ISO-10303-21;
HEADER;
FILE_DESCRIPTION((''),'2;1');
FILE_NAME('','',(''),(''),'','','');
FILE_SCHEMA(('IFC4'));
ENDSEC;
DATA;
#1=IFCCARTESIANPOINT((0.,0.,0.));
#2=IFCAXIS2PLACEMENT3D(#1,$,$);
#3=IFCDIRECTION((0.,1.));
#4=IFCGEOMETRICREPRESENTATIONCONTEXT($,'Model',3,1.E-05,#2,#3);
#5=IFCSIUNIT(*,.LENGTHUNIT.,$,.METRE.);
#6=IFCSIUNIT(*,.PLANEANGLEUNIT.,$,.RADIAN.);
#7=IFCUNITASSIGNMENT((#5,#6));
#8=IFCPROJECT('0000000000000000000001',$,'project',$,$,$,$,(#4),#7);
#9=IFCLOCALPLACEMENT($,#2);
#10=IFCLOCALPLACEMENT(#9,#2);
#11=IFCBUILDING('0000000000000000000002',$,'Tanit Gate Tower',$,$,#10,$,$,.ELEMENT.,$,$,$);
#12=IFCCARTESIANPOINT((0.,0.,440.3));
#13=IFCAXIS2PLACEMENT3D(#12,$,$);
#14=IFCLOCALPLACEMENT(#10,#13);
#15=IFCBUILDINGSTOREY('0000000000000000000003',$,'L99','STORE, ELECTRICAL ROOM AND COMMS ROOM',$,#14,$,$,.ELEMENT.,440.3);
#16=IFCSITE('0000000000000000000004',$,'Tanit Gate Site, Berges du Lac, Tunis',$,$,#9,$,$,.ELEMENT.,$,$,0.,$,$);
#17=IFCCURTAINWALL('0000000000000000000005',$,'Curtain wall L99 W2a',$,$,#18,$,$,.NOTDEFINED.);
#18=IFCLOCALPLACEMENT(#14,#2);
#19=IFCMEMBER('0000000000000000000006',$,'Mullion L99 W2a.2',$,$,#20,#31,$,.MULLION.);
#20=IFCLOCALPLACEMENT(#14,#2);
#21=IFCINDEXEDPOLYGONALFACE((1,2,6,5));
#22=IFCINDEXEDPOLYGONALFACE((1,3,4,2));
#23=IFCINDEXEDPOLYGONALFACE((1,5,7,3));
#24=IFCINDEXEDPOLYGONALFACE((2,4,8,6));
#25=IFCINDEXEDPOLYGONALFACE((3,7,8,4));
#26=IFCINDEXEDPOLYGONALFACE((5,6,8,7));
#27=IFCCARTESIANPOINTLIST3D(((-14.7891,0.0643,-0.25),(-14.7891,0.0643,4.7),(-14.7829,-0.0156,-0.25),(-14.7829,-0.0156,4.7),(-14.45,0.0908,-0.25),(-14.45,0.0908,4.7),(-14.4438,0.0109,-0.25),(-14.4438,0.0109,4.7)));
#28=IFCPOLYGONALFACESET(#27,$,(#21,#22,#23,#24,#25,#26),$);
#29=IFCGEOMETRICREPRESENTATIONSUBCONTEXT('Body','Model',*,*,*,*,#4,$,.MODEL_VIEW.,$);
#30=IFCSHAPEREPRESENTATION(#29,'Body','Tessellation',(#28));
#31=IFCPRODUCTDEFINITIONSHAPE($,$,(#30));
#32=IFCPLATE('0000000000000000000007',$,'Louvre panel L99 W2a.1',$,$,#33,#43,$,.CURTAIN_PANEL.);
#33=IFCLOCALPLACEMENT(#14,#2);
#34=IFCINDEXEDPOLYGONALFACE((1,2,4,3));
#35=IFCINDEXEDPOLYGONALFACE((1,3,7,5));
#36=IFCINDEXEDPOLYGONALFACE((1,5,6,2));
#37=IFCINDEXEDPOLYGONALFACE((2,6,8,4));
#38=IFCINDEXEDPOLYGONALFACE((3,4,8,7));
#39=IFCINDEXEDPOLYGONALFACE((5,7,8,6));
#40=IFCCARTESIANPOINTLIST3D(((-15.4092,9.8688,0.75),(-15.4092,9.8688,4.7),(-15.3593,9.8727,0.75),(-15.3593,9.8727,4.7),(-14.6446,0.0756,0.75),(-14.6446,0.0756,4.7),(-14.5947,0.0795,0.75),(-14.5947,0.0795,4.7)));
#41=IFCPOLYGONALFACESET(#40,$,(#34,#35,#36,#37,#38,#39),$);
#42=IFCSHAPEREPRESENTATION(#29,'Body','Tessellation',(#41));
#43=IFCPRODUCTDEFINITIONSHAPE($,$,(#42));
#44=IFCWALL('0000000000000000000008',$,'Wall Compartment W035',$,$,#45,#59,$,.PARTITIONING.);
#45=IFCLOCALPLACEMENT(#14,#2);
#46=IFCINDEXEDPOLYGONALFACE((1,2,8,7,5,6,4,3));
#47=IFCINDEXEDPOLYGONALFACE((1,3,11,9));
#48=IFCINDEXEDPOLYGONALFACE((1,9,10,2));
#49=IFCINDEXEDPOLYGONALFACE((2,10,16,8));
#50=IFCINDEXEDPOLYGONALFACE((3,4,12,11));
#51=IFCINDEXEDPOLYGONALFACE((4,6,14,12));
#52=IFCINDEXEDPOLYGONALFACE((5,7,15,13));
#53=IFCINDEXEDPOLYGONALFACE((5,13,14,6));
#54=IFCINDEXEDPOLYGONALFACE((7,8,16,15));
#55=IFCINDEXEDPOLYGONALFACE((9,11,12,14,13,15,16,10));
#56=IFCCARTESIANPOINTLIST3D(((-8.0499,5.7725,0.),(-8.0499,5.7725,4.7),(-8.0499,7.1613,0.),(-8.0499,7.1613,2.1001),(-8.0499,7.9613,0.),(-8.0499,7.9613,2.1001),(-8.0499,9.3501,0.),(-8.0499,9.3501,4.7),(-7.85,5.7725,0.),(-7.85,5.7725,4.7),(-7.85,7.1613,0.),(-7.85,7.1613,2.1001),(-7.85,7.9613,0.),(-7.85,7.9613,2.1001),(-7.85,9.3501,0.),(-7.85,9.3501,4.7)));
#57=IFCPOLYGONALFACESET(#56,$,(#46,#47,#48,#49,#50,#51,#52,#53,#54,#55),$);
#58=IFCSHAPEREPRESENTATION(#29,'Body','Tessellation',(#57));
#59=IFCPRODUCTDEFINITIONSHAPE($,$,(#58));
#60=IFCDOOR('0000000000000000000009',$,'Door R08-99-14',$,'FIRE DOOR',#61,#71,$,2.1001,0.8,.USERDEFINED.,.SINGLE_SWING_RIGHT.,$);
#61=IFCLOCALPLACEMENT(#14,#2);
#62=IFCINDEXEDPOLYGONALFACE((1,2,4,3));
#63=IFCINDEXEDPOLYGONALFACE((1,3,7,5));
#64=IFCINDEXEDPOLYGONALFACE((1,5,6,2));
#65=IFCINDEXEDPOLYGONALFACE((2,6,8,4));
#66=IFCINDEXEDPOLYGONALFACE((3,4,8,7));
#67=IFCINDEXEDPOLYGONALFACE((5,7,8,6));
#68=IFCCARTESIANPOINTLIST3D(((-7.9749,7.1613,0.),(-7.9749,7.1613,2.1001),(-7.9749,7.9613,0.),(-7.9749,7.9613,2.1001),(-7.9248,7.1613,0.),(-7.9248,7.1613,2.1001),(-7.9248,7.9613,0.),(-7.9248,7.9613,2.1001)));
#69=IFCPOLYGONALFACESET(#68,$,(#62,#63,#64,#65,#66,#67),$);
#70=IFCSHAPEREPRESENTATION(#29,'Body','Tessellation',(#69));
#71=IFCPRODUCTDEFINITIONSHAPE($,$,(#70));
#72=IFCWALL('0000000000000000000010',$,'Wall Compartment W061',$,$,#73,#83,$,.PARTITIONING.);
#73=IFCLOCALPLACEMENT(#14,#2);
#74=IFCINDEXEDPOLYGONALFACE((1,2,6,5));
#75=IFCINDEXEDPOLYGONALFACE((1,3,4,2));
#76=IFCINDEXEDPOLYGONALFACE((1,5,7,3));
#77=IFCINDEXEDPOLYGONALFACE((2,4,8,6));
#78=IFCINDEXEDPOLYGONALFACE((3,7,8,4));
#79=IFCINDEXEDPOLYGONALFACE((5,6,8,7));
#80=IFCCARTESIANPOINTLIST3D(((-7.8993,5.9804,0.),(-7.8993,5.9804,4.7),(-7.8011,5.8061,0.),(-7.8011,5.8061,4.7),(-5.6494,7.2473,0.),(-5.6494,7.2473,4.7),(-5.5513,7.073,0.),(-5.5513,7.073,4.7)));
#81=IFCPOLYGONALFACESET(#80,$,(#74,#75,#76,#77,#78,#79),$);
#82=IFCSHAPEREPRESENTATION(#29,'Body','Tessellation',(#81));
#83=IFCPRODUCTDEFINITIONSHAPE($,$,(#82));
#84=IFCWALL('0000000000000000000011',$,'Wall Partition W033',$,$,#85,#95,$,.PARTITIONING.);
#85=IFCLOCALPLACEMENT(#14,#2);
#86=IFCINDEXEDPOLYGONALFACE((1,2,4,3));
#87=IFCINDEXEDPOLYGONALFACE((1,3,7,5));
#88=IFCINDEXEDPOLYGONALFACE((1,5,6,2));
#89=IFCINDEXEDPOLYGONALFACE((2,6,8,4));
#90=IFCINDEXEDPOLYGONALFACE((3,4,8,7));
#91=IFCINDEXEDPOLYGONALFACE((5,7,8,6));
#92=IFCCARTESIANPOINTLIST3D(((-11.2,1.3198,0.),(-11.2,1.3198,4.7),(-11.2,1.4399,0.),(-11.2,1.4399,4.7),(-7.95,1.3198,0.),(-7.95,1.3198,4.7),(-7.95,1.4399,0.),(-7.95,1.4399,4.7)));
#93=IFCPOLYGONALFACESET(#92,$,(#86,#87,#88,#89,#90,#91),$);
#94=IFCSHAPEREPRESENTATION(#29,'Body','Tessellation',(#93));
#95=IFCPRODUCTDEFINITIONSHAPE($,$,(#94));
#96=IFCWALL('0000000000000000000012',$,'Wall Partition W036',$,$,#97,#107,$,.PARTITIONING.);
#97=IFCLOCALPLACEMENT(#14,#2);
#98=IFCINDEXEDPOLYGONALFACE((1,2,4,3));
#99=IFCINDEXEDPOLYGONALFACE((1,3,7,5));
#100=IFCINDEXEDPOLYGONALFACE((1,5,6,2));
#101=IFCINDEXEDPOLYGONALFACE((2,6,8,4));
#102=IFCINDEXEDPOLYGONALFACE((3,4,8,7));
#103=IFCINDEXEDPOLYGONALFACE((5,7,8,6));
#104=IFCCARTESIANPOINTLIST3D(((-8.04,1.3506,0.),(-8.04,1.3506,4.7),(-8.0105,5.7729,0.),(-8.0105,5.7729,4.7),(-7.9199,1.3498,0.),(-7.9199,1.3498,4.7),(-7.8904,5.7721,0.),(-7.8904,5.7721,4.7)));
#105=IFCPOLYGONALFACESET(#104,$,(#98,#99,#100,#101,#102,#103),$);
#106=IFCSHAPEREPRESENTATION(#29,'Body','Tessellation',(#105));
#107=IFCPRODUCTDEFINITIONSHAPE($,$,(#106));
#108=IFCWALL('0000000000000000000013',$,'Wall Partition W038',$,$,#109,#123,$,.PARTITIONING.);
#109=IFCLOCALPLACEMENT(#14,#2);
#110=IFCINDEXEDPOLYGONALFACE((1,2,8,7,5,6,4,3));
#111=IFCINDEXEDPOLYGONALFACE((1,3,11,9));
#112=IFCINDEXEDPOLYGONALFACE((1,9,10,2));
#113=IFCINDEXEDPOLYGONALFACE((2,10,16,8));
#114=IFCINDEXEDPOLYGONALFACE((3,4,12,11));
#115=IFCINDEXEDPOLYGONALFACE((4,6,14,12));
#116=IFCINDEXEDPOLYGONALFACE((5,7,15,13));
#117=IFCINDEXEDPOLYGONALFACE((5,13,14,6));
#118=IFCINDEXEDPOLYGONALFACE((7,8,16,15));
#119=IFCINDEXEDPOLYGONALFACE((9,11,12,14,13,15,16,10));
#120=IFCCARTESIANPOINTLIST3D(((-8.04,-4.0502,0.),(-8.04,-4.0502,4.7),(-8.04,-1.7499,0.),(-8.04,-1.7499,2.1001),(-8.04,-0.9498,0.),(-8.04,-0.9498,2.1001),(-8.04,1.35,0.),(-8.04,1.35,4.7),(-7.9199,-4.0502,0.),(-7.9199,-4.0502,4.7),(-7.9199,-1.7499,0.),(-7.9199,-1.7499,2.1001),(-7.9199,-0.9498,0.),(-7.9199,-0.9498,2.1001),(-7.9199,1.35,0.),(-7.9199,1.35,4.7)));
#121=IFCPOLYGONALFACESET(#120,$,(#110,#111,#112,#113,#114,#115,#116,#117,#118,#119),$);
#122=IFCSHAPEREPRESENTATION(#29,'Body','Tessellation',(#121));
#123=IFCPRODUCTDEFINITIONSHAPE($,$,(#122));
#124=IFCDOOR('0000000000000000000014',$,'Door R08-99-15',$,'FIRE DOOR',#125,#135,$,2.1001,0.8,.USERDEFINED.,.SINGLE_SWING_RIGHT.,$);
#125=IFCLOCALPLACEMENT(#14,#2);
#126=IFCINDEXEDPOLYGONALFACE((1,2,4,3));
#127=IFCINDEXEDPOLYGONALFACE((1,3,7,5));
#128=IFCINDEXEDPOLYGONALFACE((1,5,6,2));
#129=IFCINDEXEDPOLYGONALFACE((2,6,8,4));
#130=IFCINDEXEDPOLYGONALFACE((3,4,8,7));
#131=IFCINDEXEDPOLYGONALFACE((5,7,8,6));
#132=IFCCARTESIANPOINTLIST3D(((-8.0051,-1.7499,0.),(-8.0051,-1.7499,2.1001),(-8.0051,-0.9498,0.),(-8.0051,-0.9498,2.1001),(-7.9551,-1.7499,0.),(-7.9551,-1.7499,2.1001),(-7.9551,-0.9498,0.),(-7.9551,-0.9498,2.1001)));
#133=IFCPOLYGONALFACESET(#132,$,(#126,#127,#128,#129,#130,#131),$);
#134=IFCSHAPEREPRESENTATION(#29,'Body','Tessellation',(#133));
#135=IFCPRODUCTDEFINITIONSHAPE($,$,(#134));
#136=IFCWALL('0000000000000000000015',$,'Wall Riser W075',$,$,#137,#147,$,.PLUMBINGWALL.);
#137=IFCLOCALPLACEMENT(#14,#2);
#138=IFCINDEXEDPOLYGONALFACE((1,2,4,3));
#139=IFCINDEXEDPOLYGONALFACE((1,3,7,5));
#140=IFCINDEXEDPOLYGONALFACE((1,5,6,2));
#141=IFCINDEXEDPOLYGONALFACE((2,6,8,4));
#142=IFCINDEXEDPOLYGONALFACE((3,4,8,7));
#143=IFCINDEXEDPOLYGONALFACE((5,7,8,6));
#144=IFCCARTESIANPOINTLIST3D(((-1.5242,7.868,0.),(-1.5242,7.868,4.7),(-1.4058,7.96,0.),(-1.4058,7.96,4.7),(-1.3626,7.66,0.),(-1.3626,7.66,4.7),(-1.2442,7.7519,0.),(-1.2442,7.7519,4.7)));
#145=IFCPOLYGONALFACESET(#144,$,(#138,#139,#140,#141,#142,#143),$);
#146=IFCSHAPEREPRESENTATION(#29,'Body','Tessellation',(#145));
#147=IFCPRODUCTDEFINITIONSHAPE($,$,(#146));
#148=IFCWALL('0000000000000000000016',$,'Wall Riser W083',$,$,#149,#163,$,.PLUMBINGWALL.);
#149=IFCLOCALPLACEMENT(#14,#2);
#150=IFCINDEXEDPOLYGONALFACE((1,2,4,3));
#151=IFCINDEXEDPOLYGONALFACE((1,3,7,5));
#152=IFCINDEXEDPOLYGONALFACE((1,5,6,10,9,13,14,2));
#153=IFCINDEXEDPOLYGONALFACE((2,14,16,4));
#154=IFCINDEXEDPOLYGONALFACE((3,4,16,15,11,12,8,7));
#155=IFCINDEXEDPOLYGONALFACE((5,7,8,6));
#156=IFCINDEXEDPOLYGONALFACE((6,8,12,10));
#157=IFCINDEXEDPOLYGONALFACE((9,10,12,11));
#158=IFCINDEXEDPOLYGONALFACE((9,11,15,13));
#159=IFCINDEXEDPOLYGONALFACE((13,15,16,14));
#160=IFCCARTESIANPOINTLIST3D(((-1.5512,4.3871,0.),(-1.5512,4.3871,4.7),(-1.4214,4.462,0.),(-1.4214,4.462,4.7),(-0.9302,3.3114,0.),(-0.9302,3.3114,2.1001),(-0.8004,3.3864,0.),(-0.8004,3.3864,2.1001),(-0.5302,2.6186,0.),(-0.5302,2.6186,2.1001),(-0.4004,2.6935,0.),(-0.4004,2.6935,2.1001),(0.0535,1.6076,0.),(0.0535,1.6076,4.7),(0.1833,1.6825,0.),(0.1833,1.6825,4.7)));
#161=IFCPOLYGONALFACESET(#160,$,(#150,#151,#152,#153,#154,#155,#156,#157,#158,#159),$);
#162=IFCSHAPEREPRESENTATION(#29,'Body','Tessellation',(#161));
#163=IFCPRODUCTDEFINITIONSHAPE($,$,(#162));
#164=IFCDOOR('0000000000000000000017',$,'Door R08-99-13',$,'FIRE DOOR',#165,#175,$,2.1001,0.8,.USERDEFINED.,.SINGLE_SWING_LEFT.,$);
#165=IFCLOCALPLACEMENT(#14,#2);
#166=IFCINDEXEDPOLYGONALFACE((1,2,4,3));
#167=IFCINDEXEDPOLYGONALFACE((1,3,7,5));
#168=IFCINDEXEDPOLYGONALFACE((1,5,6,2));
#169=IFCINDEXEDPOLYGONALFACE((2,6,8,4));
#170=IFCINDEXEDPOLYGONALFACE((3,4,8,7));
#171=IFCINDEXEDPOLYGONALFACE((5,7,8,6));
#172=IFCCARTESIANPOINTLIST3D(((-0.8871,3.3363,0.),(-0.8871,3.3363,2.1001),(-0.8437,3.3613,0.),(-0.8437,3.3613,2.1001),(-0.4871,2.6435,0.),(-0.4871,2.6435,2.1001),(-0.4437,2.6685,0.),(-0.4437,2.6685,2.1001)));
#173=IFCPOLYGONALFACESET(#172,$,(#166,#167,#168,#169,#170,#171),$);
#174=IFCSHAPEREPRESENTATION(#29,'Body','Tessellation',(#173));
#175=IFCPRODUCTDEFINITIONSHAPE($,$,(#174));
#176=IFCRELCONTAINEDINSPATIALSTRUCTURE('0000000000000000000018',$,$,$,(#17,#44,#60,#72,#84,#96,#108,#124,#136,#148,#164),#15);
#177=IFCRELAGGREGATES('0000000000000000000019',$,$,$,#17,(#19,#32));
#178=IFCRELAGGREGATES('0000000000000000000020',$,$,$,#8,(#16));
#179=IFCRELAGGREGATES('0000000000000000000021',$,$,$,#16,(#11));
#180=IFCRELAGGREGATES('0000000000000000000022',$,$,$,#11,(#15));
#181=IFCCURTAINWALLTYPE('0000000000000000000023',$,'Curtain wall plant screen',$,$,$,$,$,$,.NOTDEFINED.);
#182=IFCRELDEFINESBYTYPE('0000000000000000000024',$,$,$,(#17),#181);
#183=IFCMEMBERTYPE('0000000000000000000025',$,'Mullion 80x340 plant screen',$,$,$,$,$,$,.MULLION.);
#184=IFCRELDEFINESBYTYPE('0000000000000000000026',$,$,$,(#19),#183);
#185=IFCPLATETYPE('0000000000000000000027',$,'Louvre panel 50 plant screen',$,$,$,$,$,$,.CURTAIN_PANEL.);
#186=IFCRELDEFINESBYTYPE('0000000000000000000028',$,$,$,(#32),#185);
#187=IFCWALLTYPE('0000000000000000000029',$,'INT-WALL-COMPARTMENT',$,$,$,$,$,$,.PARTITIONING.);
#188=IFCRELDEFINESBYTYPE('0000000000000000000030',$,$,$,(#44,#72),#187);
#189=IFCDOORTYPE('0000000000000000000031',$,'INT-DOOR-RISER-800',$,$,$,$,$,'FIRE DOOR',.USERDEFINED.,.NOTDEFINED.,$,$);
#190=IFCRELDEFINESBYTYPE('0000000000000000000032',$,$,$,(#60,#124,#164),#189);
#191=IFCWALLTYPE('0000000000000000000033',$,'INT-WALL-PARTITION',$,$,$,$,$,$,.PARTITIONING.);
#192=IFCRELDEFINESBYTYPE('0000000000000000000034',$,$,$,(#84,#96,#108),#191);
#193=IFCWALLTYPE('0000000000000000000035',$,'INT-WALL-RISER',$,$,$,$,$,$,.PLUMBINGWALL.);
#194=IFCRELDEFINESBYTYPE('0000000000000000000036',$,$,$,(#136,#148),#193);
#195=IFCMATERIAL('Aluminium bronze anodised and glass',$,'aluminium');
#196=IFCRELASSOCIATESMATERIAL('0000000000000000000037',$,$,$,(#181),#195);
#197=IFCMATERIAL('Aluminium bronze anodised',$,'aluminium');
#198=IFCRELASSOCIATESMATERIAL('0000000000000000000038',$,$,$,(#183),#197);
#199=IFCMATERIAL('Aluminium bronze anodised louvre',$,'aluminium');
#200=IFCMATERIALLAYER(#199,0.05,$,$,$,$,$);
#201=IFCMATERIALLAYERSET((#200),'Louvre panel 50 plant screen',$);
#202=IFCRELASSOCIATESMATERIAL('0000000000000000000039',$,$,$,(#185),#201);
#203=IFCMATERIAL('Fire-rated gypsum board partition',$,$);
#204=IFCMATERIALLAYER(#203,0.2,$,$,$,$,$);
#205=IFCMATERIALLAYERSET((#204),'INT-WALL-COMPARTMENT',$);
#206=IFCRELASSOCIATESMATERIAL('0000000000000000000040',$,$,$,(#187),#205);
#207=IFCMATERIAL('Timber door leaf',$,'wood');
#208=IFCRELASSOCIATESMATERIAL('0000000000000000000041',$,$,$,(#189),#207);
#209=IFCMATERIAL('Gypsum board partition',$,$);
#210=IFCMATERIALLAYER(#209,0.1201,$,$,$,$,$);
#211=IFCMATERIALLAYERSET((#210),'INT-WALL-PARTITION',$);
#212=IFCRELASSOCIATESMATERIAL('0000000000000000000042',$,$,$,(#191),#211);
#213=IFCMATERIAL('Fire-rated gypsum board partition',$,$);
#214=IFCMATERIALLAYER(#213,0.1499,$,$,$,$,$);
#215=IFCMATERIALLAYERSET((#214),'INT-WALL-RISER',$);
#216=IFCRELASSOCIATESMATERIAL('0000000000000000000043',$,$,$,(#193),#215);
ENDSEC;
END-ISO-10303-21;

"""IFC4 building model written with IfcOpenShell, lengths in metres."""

from ifc_helpers import new_model, si_unit, direction, frame, frame_2d, origin, origin_2d, place, context, subcontext, project, spatial, rectangle, extrude, material, layer, layer_set, material_profile, profile_set, type_object, element, fill, aggregate, save


model = new_model("IFC4")

# Units and contexts
model_context = context("Model", 3, precision=1e-05, world=origin(), true_north=direction((0.0, 1.0)))
body_context = subcontext(model_context, "Body", "Model", "MODEL_VIEW")
ifc_project = project(units=[si_unit("LENGTHUNIT", "METRE"), si_unit("PLANEANGLEUNIT", "RADIAN")], contexts=[model_context])

# Site, building, storey
site_placement = place(None, origin())
site = spatial("IfcSite", under=ifc_project, at=site_placement, Name="Tanit Gate Site, Berges du Lac, Tunis", CompositionType="ELEMENT", RefElevation=0.0)
building_placement = place(site_placement, origin())
building = spatial("IfcBuilding", under=site, at=building_placement, Name="Tanit Gate Tower", CompositionType="ELEMENT")
storey_placement = place(building_placement, frame((0.0, 0.0, 440.3)))
storey = spatial("IfcBuildingStorey", under=building, at=storey_placement, Name="L99", Description="STORE, ELECTRICAL ROOM AND COMMS ROOM", CompositionType="ELEMENT", Elevation=440.3)

# Curtain wall, member, plate
ifc_material_1 = material(Name="Aluminium bronze anodised and glass", Category="aluminium")
curtain_wall_type = type_object("IfcCurtainWallType", Name="Curtain wall plant screen", PredefinedType="NOTDEFINED", material=ifc_material_1)
curtain_wall_placement = place(storey_placement, origin())
curtain_wall = element("IfcCurtainWall", 1, at=curtain_wall_placement, inside=storey, type_object=curtain_wall_type, Name="Curtain wall L99 W2a", PredefinedType="NOTDEFINED")
ifc_material_2 = material(Name="Aluminium bronze anodised", Category="aluminium")
ifc_material_profile = material_profile(ifc_material_2, rectangle(XDim=0.3401, YDim=0.0801, at=origin_2d()), Name="80x340 bronze mullion")
ifc_profile_set = profile_set([ifc_material_profile], Name="Aluminium bronze anodised")
member_type = type_object("IfcMemberType", Name="Mullion 80x340 plant screen", PredefinedType="MULLION", material=ifc_profile_set)
member_placement = place(storey_placement, frame((-14.6165, 0.0376, -0.25), z_axis=(0.0, 0.0, 1.0), x_axis=(0.996966, 0.077839, 0.0)))
member = element("IfcMember", 2, at=member_placement, type_object=member_type, Name="Mullion L99 W2a.2", PredefinedType="MULLION", context=body_context, shape_type="SweptSolid", body=[
    extrude(rectangle(XDim=0.3401, YDim=0.0801, at=origin_2d()), origin(), (0.0, 0.0, 1.0), 4.95),
])
ifc_material_3 = material(Name="Aluminium bronze anodised louvre", Category="aluminium")
ifc_layer_1 = layer(ifc_material_3, 0.05)
ifc_layer_set_1 = layer_set([ifc_layer_1], Name="Louvre panel 50 plant screen")
plate_type = type_object("IfcPlateType", Name="Louvre panel 50 plant screen", PredefinedType="CURTAIN_PANEL", material=ifc_layer_set_1)
plate_placement = place(storey_placement, frame((-15.002, 4.9741, 0.75), z_axis=(0.0, 0.0, 1.0), x_axis=(0.077839, -0.996966, 0.0)))
plate = element("IfcPlate", 3, at=plate_placement, type_object=plate_type, Name="Louvre panel L99 W2a.1", PredefinedType="CURTAIN_PANEL", context=body_context, shape_type="SweptSolid", body=[
    extrude(rectangle(XDim=9.823, YDim=0.05, at=origin_2d()), origin(), (0.0, 0.0, 1.0), 3.95),
])
aggregate(curtain_wall, [member, plate])

# Wall, opening, door
ifc_material_4 = material(Name="Fire-rated gypsum board partition")
ifc_layer_2 = layer(ifc_material_4, 0.2)
ifc_layer_set_2 = layer_set([ifc_layer_2], Name="INT-WALL-COMPARTMENT")
wall_type_1 = type_object("IfcWallType", Name="INT-WALL-COMPARTMENT", PredefinedType="PARTITIONING", material=ifc_layer_set_2)
wall_1_placement = place(storey_placement, frame((-7.95, 5.7725, 0.0), z_axis=(0.0, 0.0, 1.0), x_axis=(0.0, 1.0, 0.0)))
wall_1 = element("IfcWall", 4, at=wall_1_placement, inside=storey, type_object=wall_type_1, Name="Wall Compartment W035", PredefinedType="PARTITIONING", context=body_context, shape_type="SweptSolid", body=[
    extrude(rectangle(XDim=3.5776, YDim=0.2, at=frame_2d((1.7888, 0.0))), origin(), (0.0, 0.0, 1.0), 4.7),
])
opening_1_placement = place(wall_1_placement, frame((1.3889, 0.0, 0.0)))
opening_1 = element("IfcOpeningElement", 5, at=opening_1_placement, cuts=wall_1, PredefinedType="OPENING", context=body_context, shape_type="SweptSolid", body=[
    extrude(rectangle(XDim=0.8, YDim=2.1001, at=frame_2d((0.3999, 1.05))), frame((0.0, 0.1099, 0.0), z_axis=(0.0, -1.0, 0.0), x_axis=(1.0, 0.0, 0.0)), (0.0, 0.0, 1.0), 0.22),
])
ifc_material_5 = material(Name="Timber door leaf", Category="wood")
door_type_1 = type_object("IfcDoorType", Name="INT-DOOR-RISER-800", ElementType="FIRE DOOR", OperationType="NOTDEFINED", PredefinedType="USERDEFINED", material=ifc_material_5)
door_1_placement = place(opening_1_placement, origin())
door_1 = element("IfcDoor", 6, at=door_1_placement, inside=storey, type_object=door_type_1, Name="Door R08-99-14", ObjectType="FIRE DOOR", OperationType="SINGLE_SWING_RIGHT", OverallHeight=2.1001, OverallWidth=0.8, PredefinedType="USERDEFINED", context=body_context, shape_type="SweptSolid", body=[
    extrude(rectangle(XDim=0.8, YDim=2.1001, at=frame_2d((0.3999, 1.05))), frame((0.0, 0.0249, 0.0), z_axis=(0.0, -1.0, 0.0), x_axis=(1.0, 0.0, 0.0)), (0.0, 0.0, 1.0), 0.05),
])
fill(opening_1, door_1)

# Walls
wall_2_placement = place(storey_placement, frame((-5.6003, 7.1602, 0.0), z_axis=(0.0, 0.0, 1.0), x_axis=(-0.871351, -0.490661, 0.0)))
element("IfcWall", 7, at=wall_2_placement, inside=storey, type_object=wall_type_1, Name="Wall Compartment W061", PredefinedType="PARTITIONING", context=body_context, shape_type="SweptSolid", body=[
    extrude(rectangle(XDim=2.582, YDim=0.2, at=frame_2d((1.291, 0.0))), origin(), (0.0, 0.0, 1.0), 4.7),
])
ifc_material_6 = material(Name="Gypsum board partition")
ifc_layer_3 = layer(ifc_material_6, 0.1201)
ifc_layer_set_3 = layer_set([ifc_layer_3], Name="INT-WALL-PARTITION")
wall_type_2 = type_object("IfcWallType", Name="INT-WALL-PARTITION", PredefinedType="PARTITIONING", material=ifc_layer_set_3)
wall_3_placement = place(storey_placement, frame((-11.2, 1.3799, 0.0), z_axis=(0.0, 0.0, 1.0), x_axis=(1.0, 0.0, 0.0)))
element("IfcWall", 8, at=wall_3_placement, inside=storey, type_object=wall_type_2, Name="Wall Partition W033", PredefinedType="PARTITIONING", context=body_context, shape_type="SweptSolid", body=[
    extrude(rectangle(XDim=3.25, YDim=0.1201, at=frame_2d((1.625, 0.0))), origin(), (0.0, 0.0, 1.0), 4.7),
])
wall_4_placement = place(storey_placement, frame((-7.9504, 5.7725, 0.0), z_axis=(0.0, 0.0, 1.0), x_axis=(-0.00668, -0.999978, 0.0)))
element("IfcWall", 9, at=wall_4_placement, inside=storey, type_object=wall_type_2, Name="Wall Partition W036", PredefinedType="PARTITIONING", context=body_context, shape_type="SweptSolid", body=[
    extrude(rectangle(XDim=4.4224, YDim=0.1201, at=frame_2d((2.2112, 0.0))), origin(), (0.0, 0.0, 1.0), 4.7),
])

# Wall, opening, door
wall_5_placement = place(storey_placement, frame((-7.98, 1.3501, 0.0), z_axis=(0.0, 0.0, 1.0), x_axis=(0.0, -1.0, 0.0)))
wall_5 = element("IfcWall", 10, at=wall_5_placement, inside=storey, type_object=wall_type_2, Name="Wall Partition W038", PredefinedType="PARTITIONING", context=body_context, shape_type="SweptSolid", body=[
    extrude(rectangle(XDim=5.4001, YDim=0.1201, at=frame_2d((2.7002, 0.0))), origin(), (0.0, 0.0, 1.0), 4.7),
])
opening_2_placement = place(wall_5_placement, frame((2.3, 0.0, 0.0)))
opening_2 = element("IfcOpeningElement", 11, at=opening_2_placement, cuts=wall_5, PredefinedType="OPENING", context=body_context, shape_type="SweptSolid", body=[
    extrude(rectangle(XDim=0.8, YDim=2.1001, at=frame_2d((0.3999, 1.05))), frame((0.0, 0.0701, 0.0), z_axis=(0.0, -1.0, 0.0), x_axis=(1.0, 0.0, 0.0)), (0.0, 0.0, 1.0), 0.1401),
])
door_2_placement = place(opening_2_placement, origin())
door_2 = element("IfcDoor", 12, at=door_2_placement, inside=storey, type_object=door_type_1, Name="Door R08-99-15", ObjectType="FIRE DOOR", OperationType="SINGLE_SWING_RIGHT", OverallHeight=2.1001, OverallWidth=0.8, PredefinedType="USERDEFINED", context=body_context, shape_type="SweptSolid", body=[
    extrude(rectangle(XDim=0.8, YDim=2.1001, at=frame_2d((0.3999, 1.05))), frame((0.0, 0.0249, 0.0), z_axis=(0.0, -1.0, 0.0), x_axis=(1.0, 0.0, 0.0)), (0.0, 0.0, 1.0), 0.05),
])
fill(opening_2, door_2)

# Wall
ifc_material_7 = material(Name="Fire-rated gypsum board partition")
ifc_layer_4 = layer(ifc_material_7, 0.1499)
ifc_layer_set_4 = layer_set([ifc_layer_4], Name="INT-WALL-RISER")
wall_type_3 = type_object("IfcWallType", Name="INT-WALL-RISER", PredefinedType="PLUMBINGWALL", material=ifc_layer_set_4)
wall_6_placement = place(storey_placement, frame((-1.4651, 7.9141, 0.0), z_axis=(0.0, 0.0, 1.0), x_axis=(0.613556, -0.789652, 0.0)))
element("IfcWall", 13, at=wall_6_placement, inside=storey, type_object=wall_type_3, Name="Wall Riser W075", PredefinedType="PLUMBINGWALL", context=body_context, shape_type="SweptSolid", body=[
    extrude(rectangle(XDim=0.2634, YDim=0.1499, at=frame_2d((0.1318, 0.0))), origin(), (0.0, 0.0, 1.0), 4.7),
])

# Wall, opening, door
wall_7_placement = place(storey_placement, frame((-1.4863, 4.4246, 0.0), z_axis=(0.0, 0.0, 1.0), x_axis=(0.499992, -0.86603, 0.0)))
wall_7 = element("IfcWall", 14, at=wall_7_placement, inside=storey, type_object=wall_type_3, Name="Wall Riser W083", PredefinedType="PLUMBINGWALL", context=body_context, shape_type="SweptSolid", body=[
    extrude(rectangle(XDim=3.2095, YDim=0.1499, at=frame_2d((1.6047, 0.0))), origin(), (0.0, 0.0, 1.0), 4.7),
])
opening_3_placement = place(wall_7_placement, frame((1.2422, 0.0, 0.0)))
opening_3 = element("IfcOpeningElement", 15, at=opening_3_placement, cuts=wall_7, PredefinedType="OPENING", context=body_context, shape_type="SweptSolid", body=[
    extrude(rectangle(XDim=0.8, YDim=2.1001, at=frame_2d((0.3999, 1.05))), frame((0.0, 0.085, 0.0), z_axis=(0.0, -1.0, 0.0), x_axis=(1.0, 0.0, 0.0)), (0.0, 0.0, 1.0), 0.1699),
])
door_3_placement = place(opening_3_placement, origin())
door_3 = element("IfcDoor", 16, at=door_3_placement, inside=storey, type_object=door_type_1, Name="Door R08-99-13", ObjectType="FIRE DOOR", OperationType="SINGLE_SWING_LEFT", OverallHeight=2.1001, OverallWidth=0.8, PredefinedType="USERDEFINED", context=body_context, shape_type="SweptSolid", body=[
    extrude(rectangle(XDim=0.8, YDim=2.1001, at=frame_2d((0.3999, 1.05))), frame((0.0, 0.0249, 0.0), z_axis=(0.0, -1.0, 0.0), x_axis=(1.0, 0.0, 0.0)), (0.0, 0.0, 1.0), 0.05),
])
fill(opening_3, door_3)

save(model, "model.ifc")
